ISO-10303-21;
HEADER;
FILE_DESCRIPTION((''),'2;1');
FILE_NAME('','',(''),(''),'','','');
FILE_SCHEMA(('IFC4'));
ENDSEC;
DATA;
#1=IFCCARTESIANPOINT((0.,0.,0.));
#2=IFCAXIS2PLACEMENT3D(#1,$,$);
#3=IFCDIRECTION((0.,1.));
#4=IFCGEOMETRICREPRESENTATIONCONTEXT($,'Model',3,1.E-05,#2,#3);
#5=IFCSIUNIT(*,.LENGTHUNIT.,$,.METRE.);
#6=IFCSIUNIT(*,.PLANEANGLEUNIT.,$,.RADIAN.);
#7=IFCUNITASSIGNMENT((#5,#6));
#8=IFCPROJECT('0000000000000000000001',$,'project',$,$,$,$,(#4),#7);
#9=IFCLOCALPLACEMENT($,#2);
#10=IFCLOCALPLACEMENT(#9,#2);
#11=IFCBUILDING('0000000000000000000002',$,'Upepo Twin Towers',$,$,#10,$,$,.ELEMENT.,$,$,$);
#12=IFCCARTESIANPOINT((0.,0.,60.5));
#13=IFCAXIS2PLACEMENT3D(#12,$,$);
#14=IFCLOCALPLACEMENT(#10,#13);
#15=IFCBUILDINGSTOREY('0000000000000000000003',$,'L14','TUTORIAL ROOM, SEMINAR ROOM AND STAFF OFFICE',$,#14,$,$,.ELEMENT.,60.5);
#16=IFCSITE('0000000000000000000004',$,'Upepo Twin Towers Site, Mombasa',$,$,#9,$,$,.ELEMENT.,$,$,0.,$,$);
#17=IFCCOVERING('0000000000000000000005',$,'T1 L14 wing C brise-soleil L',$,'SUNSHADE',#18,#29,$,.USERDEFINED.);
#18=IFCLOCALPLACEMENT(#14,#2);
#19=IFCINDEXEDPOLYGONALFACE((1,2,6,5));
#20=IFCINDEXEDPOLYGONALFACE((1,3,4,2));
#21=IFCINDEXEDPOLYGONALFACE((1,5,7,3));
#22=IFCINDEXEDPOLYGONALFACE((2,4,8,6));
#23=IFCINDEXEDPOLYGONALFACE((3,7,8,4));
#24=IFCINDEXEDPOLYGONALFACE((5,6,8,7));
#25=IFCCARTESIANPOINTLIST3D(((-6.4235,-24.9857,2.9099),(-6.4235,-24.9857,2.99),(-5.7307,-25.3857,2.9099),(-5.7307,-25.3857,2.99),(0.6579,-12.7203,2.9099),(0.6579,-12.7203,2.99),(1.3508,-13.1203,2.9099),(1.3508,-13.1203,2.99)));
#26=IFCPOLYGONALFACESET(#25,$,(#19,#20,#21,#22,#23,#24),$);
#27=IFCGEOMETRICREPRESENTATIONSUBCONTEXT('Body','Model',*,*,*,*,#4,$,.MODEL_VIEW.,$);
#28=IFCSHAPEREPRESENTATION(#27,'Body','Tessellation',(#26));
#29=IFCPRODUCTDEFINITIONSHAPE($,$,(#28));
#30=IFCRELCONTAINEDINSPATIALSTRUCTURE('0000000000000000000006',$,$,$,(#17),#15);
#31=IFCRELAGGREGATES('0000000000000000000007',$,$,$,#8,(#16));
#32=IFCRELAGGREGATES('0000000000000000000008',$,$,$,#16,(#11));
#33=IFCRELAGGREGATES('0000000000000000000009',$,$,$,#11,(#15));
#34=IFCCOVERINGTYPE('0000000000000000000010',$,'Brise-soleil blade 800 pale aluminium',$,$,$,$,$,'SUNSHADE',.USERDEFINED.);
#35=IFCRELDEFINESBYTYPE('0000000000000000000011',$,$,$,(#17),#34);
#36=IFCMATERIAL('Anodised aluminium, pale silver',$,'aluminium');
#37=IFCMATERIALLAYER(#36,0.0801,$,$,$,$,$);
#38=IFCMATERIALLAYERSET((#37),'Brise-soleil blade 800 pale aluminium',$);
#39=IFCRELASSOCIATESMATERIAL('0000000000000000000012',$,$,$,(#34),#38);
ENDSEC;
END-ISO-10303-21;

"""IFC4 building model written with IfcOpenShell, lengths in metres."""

from ifc_helpers import new_model, si_unit, direction, frame, origin, origin_2d, place, context, subcontext, project, spatial, rectangle, extrude, material, layer, layer_set, type_object, element, save


model = new_model("IFC4")

# Units and contexts
model_context = context("Model", 3, precision=1e-05, world=origin(), true_north=direction((0.0, 1.0)))
body_context = subcontext(model_context, "Body", "Model", "MODEL_VIEW")
ifc_project = project(units=[si_unit("LENGTHUNIT", "METRE"), si_unit("PLANEANGLEUNIT", "RADIAN")], contexts=[model_context])

# Site, building, storey
site_placement = place(None, origin())
site = spatial("IfcSite", under=ifc_project, at=site_placement, Name="Upepo Twin Towers Site, Mombasa", CompositionType="ELEMENT", RefElevation=0.0)
building_placement = place(site_placement, origin())
building = spatial("IfcBuilding", under=site, at=building_placement, Name="Upepo Twin Towers", CompositionType="ELEMENT")
storey_placement = place(building_placement, frame((0.0, 0.0, 60.5)))
storey = spatial("IfcBuildingStorey", under=building, at=storey_placement, Name="L14", Description="TUTORIAL ROOM, SEMINAR ROOM AND STAFF OFFICE", CompositionType="ELEMENT", Elevation=60.5)

# Covering
ifc_material_1 = material(Name="Anodised aluminium, pale silver", Category="aluminium")
ifc_layer_1 = layer(ifc_material_1, 0.0801)
ifc_layer_set_1 = layer_set([ifc_layer_1], Name="Brise-soleil blade 800 pale aluminium")
covering_type = type_object("IfcCoveringType", Name="Brise-soleil blade 800 pale aluminium", ElementType="SUNSHADE", PredefinedType="USERDEFINED", material=ifc_layer_set_1)
covering_placement = place(storey_placement, frame((-2.5364, -19.053, 2.9099), z_axis=(0.0, 0.0, 1.0), x_axis=(-0.5, -0.866025, 0.0)))
element("IfcCovering", 1, at=covering_placement, inside=storey, type_object=covering_type, Name="T1 L14 wing C brise-soleil L", ObjectType="SUNSHADE", PredefinedType="USERDEFINED", context=body_context, shape_type="SweptSolid", body=[
    extrude(rectangle(XDim=14.1628, YDim=0.8, at=origin_2d()), origin(), (0.0, 0.0, 1.0), 0.0801),
])

save(model, "model.ifc")
